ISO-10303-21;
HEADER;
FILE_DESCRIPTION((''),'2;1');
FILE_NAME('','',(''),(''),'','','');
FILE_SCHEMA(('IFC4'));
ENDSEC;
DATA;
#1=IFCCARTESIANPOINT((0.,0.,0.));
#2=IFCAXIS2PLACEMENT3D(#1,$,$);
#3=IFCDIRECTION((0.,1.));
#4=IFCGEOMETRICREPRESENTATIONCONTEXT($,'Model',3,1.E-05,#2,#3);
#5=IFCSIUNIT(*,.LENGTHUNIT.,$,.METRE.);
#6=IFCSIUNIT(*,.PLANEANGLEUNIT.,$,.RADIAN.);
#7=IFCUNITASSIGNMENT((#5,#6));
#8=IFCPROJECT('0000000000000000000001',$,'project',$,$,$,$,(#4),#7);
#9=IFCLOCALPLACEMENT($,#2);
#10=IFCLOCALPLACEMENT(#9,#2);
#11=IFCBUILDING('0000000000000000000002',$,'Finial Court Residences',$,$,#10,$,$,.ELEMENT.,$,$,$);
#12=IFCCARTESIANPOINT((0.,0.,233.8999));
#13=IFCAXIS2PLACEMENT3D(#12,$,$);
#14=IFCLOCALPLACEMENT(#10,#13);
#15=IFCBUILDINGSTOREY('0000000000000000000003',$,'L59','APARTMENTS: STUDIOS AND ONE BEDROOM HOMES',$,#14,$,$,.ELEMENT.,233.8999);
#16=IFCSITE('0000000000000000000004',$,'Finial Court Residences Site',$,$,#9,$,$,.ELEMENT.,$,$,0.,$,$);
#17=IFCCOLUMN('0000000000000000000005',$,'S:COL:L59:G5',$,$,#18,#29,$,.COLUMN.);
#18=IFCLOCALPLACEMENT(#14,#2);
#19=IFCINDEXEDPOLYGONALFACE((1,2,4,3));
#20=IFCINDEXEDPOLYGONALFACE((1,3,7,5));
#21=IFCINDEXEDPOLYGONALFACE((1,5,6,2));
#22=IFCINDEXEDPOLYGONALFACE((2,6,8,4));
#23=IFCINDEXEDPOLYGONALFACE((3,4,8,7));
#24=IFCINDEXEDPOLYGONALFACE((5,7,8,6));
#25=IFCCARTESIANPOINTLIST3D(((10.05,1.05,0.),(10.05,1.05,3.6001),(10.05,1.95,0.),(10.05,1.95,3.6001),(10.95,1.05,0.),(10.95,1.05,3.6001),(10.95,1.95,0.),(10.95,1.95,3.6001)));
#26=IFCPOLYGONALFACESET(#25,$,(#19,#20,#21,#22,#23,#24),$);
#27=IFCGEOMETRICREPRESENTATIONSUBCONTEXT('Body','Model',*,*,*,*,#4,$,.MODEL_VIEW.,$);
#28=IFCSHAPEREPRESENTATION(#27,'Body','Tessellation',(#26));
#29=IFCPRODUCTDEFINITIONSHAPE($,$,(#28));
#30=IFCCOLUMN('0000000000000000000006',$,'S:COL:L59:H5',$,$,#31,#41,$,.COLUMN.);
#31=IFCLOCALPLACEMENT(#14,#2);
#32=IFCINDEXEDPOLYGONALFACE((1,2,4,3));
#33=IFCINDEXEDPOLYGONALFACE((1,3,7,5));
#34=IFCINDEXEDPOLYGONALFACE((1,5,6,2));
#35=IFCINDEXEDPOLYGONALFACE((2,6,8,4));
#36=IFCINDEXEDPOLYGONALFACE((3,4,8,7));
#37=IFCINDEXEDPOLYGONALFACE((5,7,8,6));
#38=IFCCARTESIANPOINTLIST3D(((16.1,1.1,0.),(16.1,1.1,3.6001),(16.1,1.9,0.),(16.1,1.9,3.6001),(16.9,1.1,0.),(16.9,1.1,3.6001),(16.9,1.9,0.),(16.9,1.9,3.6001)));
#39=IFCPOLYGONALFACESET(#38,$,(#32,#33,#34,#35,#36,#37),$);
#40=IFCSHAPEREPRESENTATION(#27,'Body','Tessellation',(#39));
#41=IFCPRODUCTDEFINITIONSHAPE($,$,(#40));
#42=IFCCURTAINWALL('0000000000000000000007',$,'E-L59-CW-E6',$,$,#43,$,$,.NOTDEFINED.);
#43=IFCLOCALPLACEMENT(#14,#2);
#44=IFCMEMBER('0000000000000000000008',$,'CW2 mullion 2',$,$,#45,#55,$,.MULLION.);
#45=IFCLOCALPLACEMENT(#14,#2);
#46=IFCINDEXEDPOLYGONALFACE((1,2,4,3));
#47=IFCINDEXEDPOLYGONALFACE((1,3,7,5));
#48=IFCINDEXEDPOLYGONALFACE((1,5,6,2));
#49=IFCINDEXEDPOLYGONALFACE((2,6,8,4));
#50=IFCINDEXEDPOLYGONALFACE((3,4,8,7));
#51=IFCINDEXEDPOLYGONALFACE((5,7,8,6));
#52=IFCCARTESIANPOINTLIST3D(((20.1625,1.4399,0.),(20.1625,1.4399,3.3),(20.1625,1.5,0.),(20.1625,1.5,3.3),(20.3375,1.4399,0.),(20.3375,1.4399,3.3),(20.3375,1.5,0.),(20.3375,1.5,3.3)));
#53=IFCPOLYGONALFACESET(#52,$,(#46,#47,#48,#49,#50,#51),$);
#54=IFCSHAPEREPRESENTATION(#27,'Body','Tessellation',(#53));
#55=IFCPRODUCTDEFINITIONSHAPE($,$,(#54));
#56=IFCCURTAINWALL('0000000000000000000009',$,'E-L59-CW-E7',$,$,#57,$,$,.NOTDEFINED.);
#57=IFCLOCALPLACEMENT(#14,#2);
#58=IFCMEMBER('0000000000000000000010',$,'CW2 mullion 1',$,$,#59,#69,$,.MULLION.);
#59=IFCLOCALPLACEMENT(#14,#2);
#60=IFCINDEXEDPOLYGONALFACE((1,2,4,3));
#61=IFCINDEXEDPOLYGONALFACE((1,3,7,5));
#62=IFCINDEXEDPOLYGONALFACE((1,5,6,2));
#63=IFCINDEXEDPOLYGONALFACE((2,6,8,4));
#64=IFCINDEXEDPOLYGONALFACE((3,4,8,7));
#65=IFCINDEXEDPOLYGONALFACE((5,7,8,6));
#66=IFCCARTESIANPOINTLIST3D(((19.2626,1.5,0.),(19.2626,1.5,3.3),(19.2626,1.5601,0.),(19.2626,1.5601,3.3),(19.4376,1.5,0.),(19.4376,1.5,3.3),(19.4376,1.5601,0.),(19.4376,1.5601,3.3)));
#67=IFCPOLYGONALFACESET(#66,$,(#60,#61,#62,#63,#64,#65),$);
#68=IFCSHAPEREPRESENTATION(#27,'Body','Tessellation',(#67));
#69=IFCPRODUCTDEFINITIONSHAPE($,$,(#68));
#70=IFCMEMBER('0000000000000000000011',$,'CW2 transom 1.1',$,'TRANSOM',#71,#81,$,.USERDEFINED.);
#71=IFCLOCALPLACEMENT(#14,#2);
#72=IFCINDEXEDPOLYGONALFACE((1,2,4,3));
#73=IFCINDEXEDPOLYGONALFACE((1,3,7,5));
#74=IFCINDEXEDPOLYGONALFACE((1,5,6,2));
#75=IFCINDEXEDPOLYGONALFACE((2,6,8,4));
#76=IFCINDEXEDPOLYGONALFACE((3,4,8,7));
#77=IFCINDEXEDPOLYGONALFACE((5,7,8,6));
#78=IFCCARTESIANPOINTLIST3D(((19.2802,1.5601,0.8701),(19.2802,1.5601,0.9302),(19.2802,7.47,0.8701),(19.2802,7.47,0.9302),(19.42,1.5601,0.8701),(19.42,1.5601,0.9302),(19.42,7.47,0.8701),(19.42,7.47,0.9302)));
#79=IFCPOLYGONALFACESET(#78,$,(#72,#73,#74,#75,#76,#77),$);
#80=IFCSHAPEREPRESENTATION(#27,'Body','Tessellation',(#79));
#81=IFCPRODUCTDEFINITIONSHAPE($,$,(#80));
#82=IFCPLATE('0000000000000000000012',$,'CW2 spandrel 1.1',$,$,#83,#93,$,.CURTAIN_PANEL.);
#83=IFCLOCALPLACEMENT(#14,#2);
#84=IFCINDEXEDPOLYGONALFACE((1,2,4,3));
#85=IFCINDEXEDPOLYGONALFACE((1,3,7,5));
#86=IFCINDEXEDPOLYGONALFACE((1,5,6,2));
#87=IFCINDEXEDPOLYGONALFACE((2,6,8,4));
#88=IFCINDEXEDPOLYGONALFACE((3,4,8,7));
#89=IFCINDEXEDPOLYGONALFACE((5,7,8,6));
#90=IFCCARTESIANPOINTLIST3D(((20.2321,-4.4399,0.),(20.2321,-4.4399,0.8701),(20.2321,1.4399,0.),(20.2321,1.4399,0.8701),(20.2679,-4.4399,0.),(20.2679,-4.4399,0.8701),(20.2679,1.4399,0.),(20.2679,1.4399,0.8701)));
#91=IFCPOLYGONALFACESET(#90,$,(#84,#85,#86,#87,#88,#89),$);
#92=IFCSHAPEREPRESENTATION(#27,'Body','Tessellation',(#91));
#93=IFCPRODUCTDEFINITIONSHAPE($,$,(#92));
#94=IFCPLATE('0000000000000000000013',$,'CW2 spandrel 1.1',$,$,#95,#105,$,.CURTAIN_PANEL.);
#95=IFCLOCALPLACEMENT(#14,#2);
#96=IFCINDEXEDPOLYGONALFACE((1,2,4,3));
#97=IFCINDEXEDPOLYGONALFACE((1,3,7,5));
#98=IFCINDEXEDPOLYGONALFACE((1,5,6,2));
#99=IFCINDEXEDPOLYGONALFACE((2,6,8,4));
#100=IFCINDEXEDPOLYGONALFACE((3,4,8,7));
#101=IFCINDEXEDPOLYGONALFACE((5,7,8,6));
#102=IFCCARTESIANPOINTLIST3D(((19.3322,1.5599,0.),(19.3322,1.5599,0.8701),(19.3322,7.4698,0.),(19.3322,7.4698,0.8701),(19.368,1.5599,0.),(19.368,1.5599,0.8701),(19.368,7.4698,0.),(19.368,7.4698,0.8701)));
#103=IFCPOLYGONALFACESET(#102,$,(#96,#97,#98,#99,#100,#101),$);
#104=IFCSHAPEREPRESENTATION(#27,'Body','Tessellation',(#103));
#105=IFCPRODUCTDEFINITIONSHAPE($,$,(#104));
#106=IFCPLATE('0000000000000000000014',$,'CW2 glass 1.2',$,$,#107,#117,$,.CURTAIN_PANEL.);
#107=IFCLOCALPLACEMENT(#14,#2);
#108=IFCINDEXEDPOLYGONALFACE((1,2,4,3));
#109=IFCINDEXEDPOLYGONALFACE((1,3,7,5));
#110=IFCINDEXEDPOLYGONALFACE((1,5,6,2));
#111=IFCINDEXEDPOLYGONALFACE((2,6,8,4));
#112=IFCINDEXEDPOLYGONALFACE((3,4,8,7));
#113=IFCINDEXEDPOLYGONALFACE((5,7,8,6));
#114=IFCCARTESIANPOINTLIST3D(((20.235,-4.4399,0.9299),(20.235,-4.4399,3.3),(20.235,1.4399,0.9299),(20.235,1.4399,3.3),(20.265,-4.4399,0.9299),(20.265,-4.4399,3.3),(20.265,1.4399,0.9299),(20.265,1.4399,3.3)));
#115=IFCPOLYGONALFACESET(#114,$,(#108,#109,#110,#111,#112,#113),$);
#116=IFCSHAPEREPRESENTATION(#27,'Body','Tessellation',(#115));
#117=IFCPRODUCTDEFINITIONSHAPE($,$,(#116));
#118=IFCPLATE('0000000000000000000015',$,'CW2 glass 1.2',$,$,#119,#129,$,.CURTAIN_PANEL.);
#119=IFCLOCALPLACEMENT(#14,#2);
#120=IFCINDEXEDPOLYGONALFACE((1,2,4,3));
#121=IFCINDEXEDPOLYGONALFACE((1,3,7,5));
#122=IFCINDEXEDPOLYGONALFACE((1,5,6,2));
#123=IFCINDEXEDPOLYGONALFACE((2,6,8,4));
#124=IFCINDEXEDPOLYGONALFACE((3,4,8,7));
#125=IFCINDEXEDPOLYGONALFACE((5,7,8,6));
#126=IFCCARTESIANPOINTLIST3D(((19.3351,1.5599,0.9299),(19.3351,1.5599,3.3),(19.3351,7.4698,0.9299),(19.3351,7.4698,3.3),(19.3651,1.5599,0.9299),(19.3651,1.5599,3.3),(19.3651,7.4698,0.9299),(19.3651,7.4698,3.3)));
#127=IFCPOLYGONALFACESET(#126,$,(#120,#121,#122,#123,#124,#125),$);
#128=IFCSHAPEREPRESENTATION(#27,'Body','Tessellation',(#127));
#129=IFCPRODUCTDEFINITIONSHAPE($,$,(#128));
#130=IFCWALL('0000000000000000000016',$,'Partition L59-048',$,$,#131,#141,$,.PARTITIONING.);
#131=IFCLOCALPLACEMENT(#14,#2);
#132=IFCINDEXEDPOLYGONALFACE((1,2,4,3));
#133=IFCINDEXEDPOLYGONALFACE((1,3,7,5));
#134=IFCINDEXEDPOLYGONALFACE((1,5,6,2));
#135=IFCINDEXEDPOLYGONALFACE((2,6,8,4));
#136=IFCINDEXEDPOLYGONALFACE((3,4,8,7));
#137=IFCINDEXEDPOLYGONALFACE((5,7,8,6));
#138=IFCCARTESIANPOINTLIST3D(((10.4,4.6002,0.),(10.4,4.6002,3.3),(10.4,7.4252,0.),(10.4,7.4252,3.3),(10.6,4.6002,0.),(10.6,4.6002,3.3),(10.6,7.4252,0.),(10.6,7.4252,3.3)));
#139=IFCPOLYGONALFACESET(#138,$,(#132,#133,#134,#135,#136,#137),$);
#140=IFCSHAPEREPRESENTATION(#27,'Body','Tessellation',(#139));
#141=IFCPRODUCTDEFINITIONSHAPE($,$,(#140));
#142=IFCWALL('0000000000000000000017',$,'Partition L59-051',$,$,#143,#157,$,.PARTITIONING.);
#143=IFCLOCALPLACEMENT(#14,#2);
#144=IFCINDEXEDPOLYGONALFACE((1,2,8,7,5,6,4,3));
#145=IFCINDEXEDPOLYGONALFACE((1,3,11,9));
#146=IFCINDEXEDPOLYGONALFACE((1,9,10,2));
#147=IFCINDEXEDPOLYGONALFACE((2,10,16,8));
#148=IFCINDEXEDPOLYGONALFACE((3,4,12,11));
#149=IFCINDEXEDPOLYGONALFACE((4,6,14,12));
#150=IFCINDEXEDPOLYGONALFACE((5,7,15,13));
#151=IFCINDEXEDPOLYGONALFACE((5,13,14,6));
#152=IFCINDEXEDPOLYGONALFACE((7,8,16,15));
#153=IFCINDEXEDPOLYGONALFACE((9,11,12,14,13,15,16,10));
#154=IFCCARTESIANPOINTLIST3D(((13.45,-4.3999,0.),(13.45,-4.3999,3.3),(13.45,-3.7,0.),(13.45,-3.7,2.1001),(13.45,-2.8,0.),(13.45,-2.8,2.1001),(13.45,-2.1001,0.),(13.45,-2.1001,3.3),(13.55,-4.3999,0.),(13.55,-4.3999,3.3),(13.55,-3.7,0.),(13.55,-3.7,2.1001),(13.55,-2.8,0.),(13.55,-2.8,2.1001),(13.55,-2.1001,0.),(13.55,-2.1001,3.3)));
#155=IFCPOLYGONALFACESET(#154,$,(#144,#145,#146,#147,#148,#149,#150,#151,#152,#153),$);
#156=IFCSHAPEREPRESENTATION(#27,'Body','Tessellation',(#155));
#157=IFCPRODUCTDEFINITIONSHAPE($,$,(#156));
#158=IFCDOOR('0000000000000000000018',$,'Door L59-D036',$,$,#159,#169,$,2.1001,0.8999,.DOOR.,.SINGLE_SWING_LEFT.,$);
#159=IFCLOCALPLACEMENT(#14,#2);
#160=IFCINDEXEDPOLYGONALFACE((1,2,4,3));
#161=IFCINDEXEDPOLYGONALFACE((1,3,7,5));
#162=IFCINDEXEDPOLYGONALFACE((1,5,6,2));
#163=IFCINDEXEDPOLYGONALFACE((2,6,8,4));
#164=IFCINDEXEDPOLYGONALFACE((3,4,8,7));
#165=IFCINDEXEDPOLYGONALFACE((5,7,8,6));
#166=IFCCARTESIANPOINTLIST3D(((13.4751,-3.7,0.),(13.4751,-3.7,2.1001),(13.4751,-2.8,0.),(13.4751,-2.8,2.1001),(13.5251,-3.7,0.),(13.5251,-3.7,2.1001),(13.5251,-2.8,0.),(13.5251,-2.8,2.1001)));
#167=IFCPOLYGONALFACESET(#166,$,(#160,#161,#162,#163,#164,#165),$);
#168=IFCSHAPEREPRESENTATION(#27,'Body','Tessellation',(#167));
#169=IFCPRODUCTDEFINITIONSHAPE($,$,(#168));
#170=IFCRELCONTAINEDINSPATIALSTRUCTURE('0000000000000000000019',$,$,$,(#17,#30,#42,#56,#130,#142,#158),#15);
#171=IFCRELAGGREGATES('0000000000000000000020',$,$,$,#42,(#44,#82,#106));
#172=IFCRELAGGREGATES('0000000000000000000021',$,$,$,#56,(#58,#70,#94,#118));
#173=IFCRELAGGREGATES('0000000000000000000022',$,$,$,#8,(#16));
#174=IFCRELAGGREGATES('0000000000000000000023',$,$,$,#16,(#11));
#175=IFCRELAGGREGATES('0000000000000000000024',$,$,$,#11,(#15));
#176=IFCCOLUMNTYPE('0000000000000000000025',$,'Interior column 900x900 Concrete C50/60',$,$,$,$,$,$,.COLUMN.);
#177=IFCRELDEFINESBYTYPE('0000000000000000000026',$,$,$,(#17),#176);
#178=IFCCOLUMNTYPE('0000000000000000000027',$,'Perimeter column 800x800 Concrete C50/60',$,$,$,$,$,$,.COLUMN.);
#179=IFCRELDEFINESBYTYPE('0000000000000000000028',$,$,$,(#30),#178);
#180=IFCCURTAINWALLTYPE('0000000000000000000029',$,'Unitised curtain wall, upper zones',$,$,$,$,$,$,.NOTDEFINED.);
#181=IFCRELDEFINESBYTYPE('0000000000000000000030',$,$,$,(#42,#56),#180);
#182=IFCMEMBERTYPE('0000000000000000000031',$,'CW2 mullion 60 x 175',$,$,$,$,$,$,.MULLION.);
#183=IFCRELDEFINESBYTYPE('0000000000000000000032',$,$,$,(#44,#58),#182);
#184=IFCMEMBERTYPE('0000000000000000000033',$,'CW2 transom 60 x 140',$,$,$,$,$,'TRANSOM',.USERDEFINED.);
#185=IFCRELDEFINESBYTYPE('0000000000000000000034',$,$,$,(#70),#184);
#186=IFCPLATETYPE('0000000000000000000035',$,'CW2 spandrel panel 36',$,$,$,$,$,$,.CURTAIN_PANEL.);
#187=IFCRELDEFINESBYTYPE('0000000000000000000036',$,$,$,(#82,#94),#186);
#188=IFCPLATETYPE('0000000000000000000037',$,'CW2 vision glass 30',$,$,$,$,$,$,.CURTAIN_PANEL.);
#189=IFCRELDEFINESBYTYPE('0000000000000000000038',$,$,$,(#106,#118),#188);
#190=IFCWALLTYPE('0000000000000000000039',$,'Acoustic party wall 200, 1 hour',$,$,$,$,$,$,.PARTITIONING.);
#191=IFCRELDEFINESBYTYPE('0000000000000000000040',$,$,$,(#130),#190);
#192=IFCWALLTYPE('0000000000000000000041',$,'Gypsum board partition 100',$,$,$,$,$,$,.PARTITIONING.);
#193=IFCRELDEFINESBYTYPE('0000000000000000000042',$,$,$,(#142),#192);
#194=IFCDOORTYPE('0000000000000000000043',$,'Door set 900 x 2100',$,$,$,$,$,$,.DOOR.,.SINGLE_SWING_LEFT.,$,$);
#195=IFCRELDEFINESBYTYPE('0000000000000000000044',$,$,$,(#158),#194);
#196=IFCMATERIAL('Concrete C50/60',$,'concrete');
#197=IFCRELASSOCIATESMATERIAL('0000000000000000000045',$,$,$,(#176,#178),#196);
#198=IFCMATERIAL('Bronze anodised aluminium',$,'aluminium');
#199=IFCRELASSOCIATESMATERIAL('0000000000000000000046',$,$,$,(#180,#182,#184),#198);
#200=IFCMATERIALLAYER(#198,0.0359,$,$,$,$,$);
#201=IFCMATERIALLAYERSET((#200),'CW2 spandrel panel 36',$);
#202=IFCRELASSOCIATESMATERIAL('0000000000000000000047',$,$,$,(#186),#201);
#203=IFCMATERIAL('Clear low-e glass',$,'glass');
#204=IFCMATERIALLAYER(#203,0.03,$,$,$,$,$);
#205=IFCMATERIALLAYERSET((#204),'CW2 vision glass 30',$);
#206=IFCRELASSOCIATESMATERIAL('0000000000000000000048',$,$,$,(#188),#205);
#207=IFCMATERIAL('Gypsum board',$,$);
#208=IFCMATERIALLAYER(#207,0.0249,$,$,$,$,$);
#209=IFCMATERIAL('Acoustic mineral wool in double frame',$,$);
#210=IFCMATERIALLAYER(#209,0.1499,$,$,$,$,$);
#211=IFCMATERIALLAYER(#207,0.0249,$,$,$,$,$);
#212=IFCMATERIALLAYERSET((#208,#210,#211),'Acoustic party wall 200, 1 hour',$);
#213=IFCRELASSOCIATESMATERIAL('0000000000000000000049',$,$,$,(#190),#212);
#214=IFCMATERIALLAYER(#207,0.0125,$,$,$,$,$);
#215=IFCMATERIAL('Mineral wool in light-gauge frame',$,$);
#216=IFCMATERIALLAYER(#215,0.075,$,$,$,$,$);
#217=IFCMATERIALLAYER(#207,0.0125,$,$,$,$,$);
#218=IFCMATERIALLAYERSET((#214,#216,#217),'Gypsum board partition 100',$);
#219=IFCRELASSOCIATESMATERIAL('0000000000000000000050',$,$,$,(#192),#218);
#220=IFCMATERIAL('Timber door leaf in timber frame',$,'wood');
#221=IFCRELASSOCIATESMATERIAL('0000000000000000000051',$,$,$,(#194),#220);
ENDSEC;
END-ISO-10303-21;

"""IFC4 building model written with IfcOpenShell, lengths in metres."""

from ifc_helpers import new_model, si_unit, direction, frame, frame_2d, origin, origin_2d, place, context, subcontext, project, spatial, rectangle, extrude, material, layer, layer_set, material_profile, profile_set, type_object, element, fill, aggregate, save


model = new_model("IFC4")

# Units and contexts
model_context = context("Model", 3, precision=1e-05, world=origin(), true_north=direction((0.0, 1.0)))
body_context = subcontext(model_context, "Body", "Model", "MODEL_VIEW")
ifc_project = project(units=[si_unit("LENGTHUNIT", "METRE"), si_unit("PLANEANGLEUNIT", "RADIAN")], contexts=[model_context])

# Site, building, storey
site_placement = place(None, origin())
site = spatial("IfcSite", under=ifc_project, at=site_placement, Name="Finial Court Residences Site", CompositionType="ELEMENT", RefElevation=0.0)
building_placement = place(site_placement, origin())
building = spatial("IfcBuilding", under=site, at=building_placement, Name="Finial Court Residences", CompositionType="ELEMENT")
storey_placement = place(building_placement, frame((0.0, 0.0, 233.8999)))
storey = spatial("IfcBuildingStorey", under=building, at=storey_placement, Name="L59", Description="APARTMENTS: STUDIOS AND ONE BEDROOM HOMES", CompositionType="ELEMENT", Elevation=233.8999)

# Columns
ifc_material_1 = material(Name="Concrete C50/60", Category="concrete")
ifc_material_profile_1 = material_profile(ifc_material_1, rectangle(XDim=0.8999, YDim=0.8999, at=origin_2d()), Name="900x900")
ifc_profile_set_1 = profile_set([ifc_material_profile_1], Name="Concrete C50/60")
column_type_1 = type_object("IfcColumnType", Name="Interior column 900x900 Concrete C50/60", PredefinedType="COLUMN", material=ifc_profile_set_1)
column_1_placement = place(storey_placement, frame((10.5, 1.5, 0.0), z_axis=(0.0, 0.0, 1.0), x_axis=(1.0, 0.0, 0.0)))
element("IfcColumn", 1, at=column_1_placement, inside=storey, type_object=column_type_1, Name="S:COL:L59:G5", PredefinedType="COLUMN", context=body_context, shape_type="SweptSolid", body=[
    extrude(rectangle(XDim=0.8999, YDim=0.8999, at=origin_2d()), origin(), (0.0, 0.0, 1.0), 3.6001),
])
ifc_material_profile_2 = material_profile(ifc_material_1, rectangle(XDim=0.8, YDim=0.8, at=origin_2d()), Name="800x800")
ifc_profile_set_2 = profile_set([ifc_material_profile_2], Name="Concrete C50/60")
column_type_2 = type_object("IfcColumnType", Name="Perimeter column 800x800 Concrete C50/60", PredefinedType="COLUMN", material=ifc_profile_set_2)
column_2_placement = place(storey_placement, frame((16.5, 1.5, 0.0), z_axis=(0.0, 0.0, 1.0), x_axis=(1.0, 0.0, 0.0)))
element("IfcColumn", 2, at=column_2_placement, inside=storey, type_object=column_type_2, Name="S:COL:L59:H5", PredefinedType="COLUMN", context=body_context, shape_type="SweptSolid", body=[
    extrude(rectangle(XDim=0.8, YDim=0.8, at=origin_2d()), origin(), (0.0, 0.0, 1.0), 3.6001),
])

# Curtain wall, member
ifc_material_2 = material(Name="Bronze anodised aluminium", Category="aluminium")
curtain_wall_type = type_object("IfcCurtainWallType", Name="Unitised curtain wall, upper zones", PredefinedType="NOTDEFINED", material=ifc_material_2)
curtain_wall_1_placement = place(storey_placement, origin())
curtain_wall_1 = element("IfcCurtainWall", 3, at=curtain_wall_1_placement, inside=storey, type_object=curtain_wall_type, Name="E-L59-CW-E6", PredefinedType="NOTDEFINED")
ifc_material_profile_3 = material_profile(ifc_material_2, rectangle(XDim=0.175, YDim=0.0601, at=origin_2d()), Name="CW2 mullion 60 x 175")
ifc_profile_set_3 = profile_set([ifc_material_profile_3], Name="Bronze anodised aluminium")
member_type_1 = type_object("IfcMemberType", Name="CW2 mullion 60 x 175", PredefinedType="MULLION", material=ifc_profile_set_3)
member_1_placement = place(storey_placement, frame((20.25, 1.47, 0.0), z_axis=(0.0, 0.0, 1.0), x_axis=(-1.0, 0.0, 0.0)))
member_1 = element("IfcMember", 4, at=member_1_placement, type_object=member_type_1, Name="CW2 mullion 2", PredefinedType="MULLION", context=body_context, shape_type="SweptSolid", body=[
    extrude(rectangle(XDim=0.175, YDim=0.0601, at=origin_2d()), origin(), (0.0, 0.0, 1.0), 3.3),
])

# Curtain wall, members
curtain_wall_2_placement = place(storey_placement, origin())
curtain_wall_2 = element("IfcCurtainWall", 5, at=curtain_wall_2_placement, inside=storey, type_object=curtain_wall_type, Name="E-L59-CW-E7", PredefinedType="NOTDEFINED")
member_2_placement = place(storey_placement, frame((19.3501, 1.53, 0.0), z_axis=(0.0, 0.0, 1.0), x_axis=(-1.0, 0.0, 0.0)))
member_2 = element("IfcMember", 6, at=member_2_placement, type_object=member_type_1, Name="CW2 mullion 1", PredefinedType="MULLION", context=body_context, shape_type="SweptSolid", body=[
    extrude(rectangle(XDim=0.175, YDim=0.0601, at=origin_2d()), origin(), (0.0, 0.0, 1.0), 3.3),
])
ifc_material_profile_4 = material_profile(ifc_material_2, rectangle(XDim=0.1399, YDim=0.0601, at=origin_2d()), Name="CW2 transom 60 x 140")
ifc_profile_set_4 = profile_set([ifc_material_profile_4], Name="Bronze anodised aluminium")
member_type_2 = type_object("IfcMemberType", Name="CW2 transom 60 x 140", ElementType="TRANSOM", PredefinedType="USERDEFINED", material=ifc_profile_set_4)
member_3_placement = place(storey_placement, frame((19.3501, 1.5601, 0.9001), z_axis=(0.0, 1.0, 0.0), x_axis=(-1.0, 0.0, 0.0)))
member_3 = element("IfcMember", 7, at=member_3_placement, type_object=member_type_2, Name="CW2 transom 1.1", ObjectType="TRANSOM", PredefinedType="USERDEFINED", context=body_context, shape_type="SweptSolid", body=[
    extrude(rectangle(XDim=0.1399, YDim=0.0601, at=origin_2d()), origin(), (0.0, 0.0, 1.0), 5.9099),
])

# Plates
ifc_layer_1 = layer(ifc_material_2, 0.0359)
ifc_layer_set_1 = layer_set([ifc_layer_1], Name="CW2 spandrel panel 36")
plate_type_1 = type_object("IfcPlateType", Name="CW2 spandrel panel 36", PredefinedType="CURTAIN_PANEL", material=ifc_layer_set_1)
plate_1_placement = place(storey_placement, frame((20.25, -1.5, 0.0), z_axis=(0.0, 0.0, 1.0), x_axis=(0.0, 1.0, 0.0)))
plate_1 = element("IfcPlate", 8, at=plate_1_placement, type_object=plate_type_1, Name="CW2 spandrel 1.1", PredefinedType="CURTAIN_PANEL", context=body_context, shape_type="SweptSolid", body=[
    extrude(rectangle(XDim=5.8799, YDim=0.0359, at=origin_2d()), origin(), (0.0, 0.0, 1.0), 0.8701),
])
plate_2_placement = place(storey_placement, frame((19.3501, 4.5149, 0.0), z_axis=(0.0, 0.0, 1.0), x_axis=(0.0, 1.0, 0.0)))
plate_2 = element("IfcPlate", 9, at=plate_2_placement, type_object=plate_type_1, Name="CW2 spandrel 1.1", PredefinedType="CURTAIN_PANEL", context=body_context, shape_type="SweptSolid", body=[
    extrude(rectangle(XDim=5.9099, YDim=0.0359, at=origin_2d()), origin(), (0.0, 0.0, 1.0), 0.8701),
])
ifc_material_3 = material(Name="Clear low-e glass", Category="glass")
ifc_layer_2 = layer(ifc_material_3, 0.03)
ifc_layer_set_2 = layer_set([ifc_layer_2], Name="CW2 vision glass 30")
plate_type_2 = type_object("IfcPlateType", Name="CW2 vision glass 30", PredefinedType="CURTAIN_PANEL", material=ifc_layer_set_2)
plate_3_placement = place(storey_placement, frame((20.25, -1.5, 0.9299), z_axis=(0.0, 0.0, 1.0), x_axis=(0.0, 1.0, 0.0)))
plate_3 = element("IfcPlate", 10, at=plate_3_placement, type_object=plate_type_2, Name="CW2 glass 1.2", PredefinedType="CURTAIN_PANEL", context=body_context, shape_type="SweptSolid", body=[
    extrude(rectangle(XDim=5.8799, YDim=0.03, at=origin_2d()), origin(), (0.0, 0.0, 1.0), 2.3701),
])
aggregate(curtain_wall_1, [member_1, plate_1, plate_3])
plate_4_placement = place(storey_placement, frame((19.3501, 4.5149, 0.9299), z_axis=(0.0, 0.0, 1.0), x_axis=(0.0, 1.0, 0.0)))
plate_4 = element("IfcPlate", 11, at=plate_4_placement, type_object=plate_type_2, Name="CW2 glass 1.2", PredefinedType="CURTAIN_PANEL", context=body_context, shape_type="SweptSolid", body=[
    extrude(rectangle(XDim=5.9099, YDim=0.03, at=origin_2d()), origin(), (0.0, 0.0, 1.0), 2.3701),
])
aggregate(curtain_wall_2, [member_2, member_3, plate_2, plate_4])

# Wall
ifc_material_4 = material(Name="Gypsum board")
ifc_layer_3 = layer(ifc_material_4, 0.0249)
ifc_material_5 = material(Name="Acoustic mineral wool in double frame")
ifc_layer_4 = layer(ifc_material_5, 0.1499)
ifc_layer_5 = layer(ifc_material_4, 0.0249)
ifc_layer_set_3 = layer_set([ifc_layer_3, ifc_layer_4, ifc_layer_5], Name="Acoustic party wall 200, 1 hour")
wall_type_1 = type_object("IfcWallType", Name="Acoustic party wall 200, 1 hour", PredefinedType="PARTITIONING", material=ifc_layer_set_3)
wall_1_placement = place(storey_placement, frame((10.5, 4.6001, 0.0), z_axis=(0.0, 0.0, 1.0), x_axis=(0.0, 1.0, 0.0)))
element("IfcWall", 12, at=wall_1_placement, inside=storey, type_object=wall_type_1, Name="Partition L59-048", PredefinedType="PARTITIONING", context=body_context, shape_type="SweptSolid", body=[
    extrude(rectangle(XDim=2.825, YDim=0.2, at=frame_2d((1.4126, 0.0))), origin(), (0.0, 0.0, 1.0), 3.3),
])

# Wall, opening, door
ifc_layer_6 = layer(ifc_material_4, 0.0125)
ifc_material_6 = material(Name="Mineral wool in light-gauge frame")
ifc_layer_7 = layer(ifc_material_6, 0.075)
ifc_layer_8 = layer(ifc_material_4, 0.0125)
ifc_layer_set_4 = layer_set([ifc_layer_6, ifc_layer_7, ifc_layer_8], Name="Gypsum board partition 100")
wall_type_2 = type_object("IfcWallType", Name="Gypsum board partition 100", PredefinedType="PARTITIONING", material=ifc_layer_set_4)
wall_2_placement = place(storey_placement, frame((13.5, -4.3999, 0.0), z_axis=(0.0, 0.0, 1.0), x_axis=(0.0, 1.0, 0.0)))
wall_2 = element("IfcWall", 13, at=wall_2_placement, inside=storey, type_object=wall_type_2, Name="Partition L59-051", PredefinedType="PARTITIONING", context=body_context, shape_type="SweptSolid", body=[
    extrude(rectangle(XDim=2.2998, YDim=0.1001, at=frame_2d((1.1499, 0.0))), origin(), (0.0, 0.0, 1.0), 3.3),
])
opening_1_placement = place(wall_2_placement, frame((0.7, 0.0, 0.0)))
opening_1 = element("IfcOpeningElement", 14, at=opening_1_placement, cuts=wall_2, PredefinedType="OPENING", context=body_context, shape_type="SweptSolid", body=[
    extrude(rectangle(XDim=0.8999, YDim=2.1001, at=frame_2d((0.45, 1.05))), frame((0.0, 0.0601, 0.0), z_axis=(0.0, -1.0, 0.0), x_axis=(1.0, 0.0, 0.0)), (0.0, 0.0, 1.0), 0.1201),
])
ifc_material_7 = material(Name="Timber door leaf in timber frame", Category="wood")
door_type = type_object("IfcDoorType", Name="Door set 900 x 2100", OperationType="SINGLE_SWING_LEFT", PredefinedType="DOOR", material=ifc_material_7)
door_1_placement = place(opening_1_placement, origin())
door_1 = element("IfcDoor", 15, at=door_1_placement, inside=storey, type_object=door_type, Name="Door L59-D036", OperationType="SINGLE_SWING_LEFT", OverallHeight=2.1001, OverallWidth=0.8999, PredefinedType="DOOR", context=body_context, shape_type="SweptSolid", body=[
    extrude(rectangle(XDim=0.8999, YDim=2.1001, at=frame_2d((0.45, 1.05))), frame((0.0, 0.0249, 0.0), z_axis=(0.0, -1.0, 0.0), x_axis=(1.0, 0.0, 0.0)), (0.0, 0.0, 1.0), 0.05),
])
fill(opening_1, door_1)

save(model, "model.ifc")
